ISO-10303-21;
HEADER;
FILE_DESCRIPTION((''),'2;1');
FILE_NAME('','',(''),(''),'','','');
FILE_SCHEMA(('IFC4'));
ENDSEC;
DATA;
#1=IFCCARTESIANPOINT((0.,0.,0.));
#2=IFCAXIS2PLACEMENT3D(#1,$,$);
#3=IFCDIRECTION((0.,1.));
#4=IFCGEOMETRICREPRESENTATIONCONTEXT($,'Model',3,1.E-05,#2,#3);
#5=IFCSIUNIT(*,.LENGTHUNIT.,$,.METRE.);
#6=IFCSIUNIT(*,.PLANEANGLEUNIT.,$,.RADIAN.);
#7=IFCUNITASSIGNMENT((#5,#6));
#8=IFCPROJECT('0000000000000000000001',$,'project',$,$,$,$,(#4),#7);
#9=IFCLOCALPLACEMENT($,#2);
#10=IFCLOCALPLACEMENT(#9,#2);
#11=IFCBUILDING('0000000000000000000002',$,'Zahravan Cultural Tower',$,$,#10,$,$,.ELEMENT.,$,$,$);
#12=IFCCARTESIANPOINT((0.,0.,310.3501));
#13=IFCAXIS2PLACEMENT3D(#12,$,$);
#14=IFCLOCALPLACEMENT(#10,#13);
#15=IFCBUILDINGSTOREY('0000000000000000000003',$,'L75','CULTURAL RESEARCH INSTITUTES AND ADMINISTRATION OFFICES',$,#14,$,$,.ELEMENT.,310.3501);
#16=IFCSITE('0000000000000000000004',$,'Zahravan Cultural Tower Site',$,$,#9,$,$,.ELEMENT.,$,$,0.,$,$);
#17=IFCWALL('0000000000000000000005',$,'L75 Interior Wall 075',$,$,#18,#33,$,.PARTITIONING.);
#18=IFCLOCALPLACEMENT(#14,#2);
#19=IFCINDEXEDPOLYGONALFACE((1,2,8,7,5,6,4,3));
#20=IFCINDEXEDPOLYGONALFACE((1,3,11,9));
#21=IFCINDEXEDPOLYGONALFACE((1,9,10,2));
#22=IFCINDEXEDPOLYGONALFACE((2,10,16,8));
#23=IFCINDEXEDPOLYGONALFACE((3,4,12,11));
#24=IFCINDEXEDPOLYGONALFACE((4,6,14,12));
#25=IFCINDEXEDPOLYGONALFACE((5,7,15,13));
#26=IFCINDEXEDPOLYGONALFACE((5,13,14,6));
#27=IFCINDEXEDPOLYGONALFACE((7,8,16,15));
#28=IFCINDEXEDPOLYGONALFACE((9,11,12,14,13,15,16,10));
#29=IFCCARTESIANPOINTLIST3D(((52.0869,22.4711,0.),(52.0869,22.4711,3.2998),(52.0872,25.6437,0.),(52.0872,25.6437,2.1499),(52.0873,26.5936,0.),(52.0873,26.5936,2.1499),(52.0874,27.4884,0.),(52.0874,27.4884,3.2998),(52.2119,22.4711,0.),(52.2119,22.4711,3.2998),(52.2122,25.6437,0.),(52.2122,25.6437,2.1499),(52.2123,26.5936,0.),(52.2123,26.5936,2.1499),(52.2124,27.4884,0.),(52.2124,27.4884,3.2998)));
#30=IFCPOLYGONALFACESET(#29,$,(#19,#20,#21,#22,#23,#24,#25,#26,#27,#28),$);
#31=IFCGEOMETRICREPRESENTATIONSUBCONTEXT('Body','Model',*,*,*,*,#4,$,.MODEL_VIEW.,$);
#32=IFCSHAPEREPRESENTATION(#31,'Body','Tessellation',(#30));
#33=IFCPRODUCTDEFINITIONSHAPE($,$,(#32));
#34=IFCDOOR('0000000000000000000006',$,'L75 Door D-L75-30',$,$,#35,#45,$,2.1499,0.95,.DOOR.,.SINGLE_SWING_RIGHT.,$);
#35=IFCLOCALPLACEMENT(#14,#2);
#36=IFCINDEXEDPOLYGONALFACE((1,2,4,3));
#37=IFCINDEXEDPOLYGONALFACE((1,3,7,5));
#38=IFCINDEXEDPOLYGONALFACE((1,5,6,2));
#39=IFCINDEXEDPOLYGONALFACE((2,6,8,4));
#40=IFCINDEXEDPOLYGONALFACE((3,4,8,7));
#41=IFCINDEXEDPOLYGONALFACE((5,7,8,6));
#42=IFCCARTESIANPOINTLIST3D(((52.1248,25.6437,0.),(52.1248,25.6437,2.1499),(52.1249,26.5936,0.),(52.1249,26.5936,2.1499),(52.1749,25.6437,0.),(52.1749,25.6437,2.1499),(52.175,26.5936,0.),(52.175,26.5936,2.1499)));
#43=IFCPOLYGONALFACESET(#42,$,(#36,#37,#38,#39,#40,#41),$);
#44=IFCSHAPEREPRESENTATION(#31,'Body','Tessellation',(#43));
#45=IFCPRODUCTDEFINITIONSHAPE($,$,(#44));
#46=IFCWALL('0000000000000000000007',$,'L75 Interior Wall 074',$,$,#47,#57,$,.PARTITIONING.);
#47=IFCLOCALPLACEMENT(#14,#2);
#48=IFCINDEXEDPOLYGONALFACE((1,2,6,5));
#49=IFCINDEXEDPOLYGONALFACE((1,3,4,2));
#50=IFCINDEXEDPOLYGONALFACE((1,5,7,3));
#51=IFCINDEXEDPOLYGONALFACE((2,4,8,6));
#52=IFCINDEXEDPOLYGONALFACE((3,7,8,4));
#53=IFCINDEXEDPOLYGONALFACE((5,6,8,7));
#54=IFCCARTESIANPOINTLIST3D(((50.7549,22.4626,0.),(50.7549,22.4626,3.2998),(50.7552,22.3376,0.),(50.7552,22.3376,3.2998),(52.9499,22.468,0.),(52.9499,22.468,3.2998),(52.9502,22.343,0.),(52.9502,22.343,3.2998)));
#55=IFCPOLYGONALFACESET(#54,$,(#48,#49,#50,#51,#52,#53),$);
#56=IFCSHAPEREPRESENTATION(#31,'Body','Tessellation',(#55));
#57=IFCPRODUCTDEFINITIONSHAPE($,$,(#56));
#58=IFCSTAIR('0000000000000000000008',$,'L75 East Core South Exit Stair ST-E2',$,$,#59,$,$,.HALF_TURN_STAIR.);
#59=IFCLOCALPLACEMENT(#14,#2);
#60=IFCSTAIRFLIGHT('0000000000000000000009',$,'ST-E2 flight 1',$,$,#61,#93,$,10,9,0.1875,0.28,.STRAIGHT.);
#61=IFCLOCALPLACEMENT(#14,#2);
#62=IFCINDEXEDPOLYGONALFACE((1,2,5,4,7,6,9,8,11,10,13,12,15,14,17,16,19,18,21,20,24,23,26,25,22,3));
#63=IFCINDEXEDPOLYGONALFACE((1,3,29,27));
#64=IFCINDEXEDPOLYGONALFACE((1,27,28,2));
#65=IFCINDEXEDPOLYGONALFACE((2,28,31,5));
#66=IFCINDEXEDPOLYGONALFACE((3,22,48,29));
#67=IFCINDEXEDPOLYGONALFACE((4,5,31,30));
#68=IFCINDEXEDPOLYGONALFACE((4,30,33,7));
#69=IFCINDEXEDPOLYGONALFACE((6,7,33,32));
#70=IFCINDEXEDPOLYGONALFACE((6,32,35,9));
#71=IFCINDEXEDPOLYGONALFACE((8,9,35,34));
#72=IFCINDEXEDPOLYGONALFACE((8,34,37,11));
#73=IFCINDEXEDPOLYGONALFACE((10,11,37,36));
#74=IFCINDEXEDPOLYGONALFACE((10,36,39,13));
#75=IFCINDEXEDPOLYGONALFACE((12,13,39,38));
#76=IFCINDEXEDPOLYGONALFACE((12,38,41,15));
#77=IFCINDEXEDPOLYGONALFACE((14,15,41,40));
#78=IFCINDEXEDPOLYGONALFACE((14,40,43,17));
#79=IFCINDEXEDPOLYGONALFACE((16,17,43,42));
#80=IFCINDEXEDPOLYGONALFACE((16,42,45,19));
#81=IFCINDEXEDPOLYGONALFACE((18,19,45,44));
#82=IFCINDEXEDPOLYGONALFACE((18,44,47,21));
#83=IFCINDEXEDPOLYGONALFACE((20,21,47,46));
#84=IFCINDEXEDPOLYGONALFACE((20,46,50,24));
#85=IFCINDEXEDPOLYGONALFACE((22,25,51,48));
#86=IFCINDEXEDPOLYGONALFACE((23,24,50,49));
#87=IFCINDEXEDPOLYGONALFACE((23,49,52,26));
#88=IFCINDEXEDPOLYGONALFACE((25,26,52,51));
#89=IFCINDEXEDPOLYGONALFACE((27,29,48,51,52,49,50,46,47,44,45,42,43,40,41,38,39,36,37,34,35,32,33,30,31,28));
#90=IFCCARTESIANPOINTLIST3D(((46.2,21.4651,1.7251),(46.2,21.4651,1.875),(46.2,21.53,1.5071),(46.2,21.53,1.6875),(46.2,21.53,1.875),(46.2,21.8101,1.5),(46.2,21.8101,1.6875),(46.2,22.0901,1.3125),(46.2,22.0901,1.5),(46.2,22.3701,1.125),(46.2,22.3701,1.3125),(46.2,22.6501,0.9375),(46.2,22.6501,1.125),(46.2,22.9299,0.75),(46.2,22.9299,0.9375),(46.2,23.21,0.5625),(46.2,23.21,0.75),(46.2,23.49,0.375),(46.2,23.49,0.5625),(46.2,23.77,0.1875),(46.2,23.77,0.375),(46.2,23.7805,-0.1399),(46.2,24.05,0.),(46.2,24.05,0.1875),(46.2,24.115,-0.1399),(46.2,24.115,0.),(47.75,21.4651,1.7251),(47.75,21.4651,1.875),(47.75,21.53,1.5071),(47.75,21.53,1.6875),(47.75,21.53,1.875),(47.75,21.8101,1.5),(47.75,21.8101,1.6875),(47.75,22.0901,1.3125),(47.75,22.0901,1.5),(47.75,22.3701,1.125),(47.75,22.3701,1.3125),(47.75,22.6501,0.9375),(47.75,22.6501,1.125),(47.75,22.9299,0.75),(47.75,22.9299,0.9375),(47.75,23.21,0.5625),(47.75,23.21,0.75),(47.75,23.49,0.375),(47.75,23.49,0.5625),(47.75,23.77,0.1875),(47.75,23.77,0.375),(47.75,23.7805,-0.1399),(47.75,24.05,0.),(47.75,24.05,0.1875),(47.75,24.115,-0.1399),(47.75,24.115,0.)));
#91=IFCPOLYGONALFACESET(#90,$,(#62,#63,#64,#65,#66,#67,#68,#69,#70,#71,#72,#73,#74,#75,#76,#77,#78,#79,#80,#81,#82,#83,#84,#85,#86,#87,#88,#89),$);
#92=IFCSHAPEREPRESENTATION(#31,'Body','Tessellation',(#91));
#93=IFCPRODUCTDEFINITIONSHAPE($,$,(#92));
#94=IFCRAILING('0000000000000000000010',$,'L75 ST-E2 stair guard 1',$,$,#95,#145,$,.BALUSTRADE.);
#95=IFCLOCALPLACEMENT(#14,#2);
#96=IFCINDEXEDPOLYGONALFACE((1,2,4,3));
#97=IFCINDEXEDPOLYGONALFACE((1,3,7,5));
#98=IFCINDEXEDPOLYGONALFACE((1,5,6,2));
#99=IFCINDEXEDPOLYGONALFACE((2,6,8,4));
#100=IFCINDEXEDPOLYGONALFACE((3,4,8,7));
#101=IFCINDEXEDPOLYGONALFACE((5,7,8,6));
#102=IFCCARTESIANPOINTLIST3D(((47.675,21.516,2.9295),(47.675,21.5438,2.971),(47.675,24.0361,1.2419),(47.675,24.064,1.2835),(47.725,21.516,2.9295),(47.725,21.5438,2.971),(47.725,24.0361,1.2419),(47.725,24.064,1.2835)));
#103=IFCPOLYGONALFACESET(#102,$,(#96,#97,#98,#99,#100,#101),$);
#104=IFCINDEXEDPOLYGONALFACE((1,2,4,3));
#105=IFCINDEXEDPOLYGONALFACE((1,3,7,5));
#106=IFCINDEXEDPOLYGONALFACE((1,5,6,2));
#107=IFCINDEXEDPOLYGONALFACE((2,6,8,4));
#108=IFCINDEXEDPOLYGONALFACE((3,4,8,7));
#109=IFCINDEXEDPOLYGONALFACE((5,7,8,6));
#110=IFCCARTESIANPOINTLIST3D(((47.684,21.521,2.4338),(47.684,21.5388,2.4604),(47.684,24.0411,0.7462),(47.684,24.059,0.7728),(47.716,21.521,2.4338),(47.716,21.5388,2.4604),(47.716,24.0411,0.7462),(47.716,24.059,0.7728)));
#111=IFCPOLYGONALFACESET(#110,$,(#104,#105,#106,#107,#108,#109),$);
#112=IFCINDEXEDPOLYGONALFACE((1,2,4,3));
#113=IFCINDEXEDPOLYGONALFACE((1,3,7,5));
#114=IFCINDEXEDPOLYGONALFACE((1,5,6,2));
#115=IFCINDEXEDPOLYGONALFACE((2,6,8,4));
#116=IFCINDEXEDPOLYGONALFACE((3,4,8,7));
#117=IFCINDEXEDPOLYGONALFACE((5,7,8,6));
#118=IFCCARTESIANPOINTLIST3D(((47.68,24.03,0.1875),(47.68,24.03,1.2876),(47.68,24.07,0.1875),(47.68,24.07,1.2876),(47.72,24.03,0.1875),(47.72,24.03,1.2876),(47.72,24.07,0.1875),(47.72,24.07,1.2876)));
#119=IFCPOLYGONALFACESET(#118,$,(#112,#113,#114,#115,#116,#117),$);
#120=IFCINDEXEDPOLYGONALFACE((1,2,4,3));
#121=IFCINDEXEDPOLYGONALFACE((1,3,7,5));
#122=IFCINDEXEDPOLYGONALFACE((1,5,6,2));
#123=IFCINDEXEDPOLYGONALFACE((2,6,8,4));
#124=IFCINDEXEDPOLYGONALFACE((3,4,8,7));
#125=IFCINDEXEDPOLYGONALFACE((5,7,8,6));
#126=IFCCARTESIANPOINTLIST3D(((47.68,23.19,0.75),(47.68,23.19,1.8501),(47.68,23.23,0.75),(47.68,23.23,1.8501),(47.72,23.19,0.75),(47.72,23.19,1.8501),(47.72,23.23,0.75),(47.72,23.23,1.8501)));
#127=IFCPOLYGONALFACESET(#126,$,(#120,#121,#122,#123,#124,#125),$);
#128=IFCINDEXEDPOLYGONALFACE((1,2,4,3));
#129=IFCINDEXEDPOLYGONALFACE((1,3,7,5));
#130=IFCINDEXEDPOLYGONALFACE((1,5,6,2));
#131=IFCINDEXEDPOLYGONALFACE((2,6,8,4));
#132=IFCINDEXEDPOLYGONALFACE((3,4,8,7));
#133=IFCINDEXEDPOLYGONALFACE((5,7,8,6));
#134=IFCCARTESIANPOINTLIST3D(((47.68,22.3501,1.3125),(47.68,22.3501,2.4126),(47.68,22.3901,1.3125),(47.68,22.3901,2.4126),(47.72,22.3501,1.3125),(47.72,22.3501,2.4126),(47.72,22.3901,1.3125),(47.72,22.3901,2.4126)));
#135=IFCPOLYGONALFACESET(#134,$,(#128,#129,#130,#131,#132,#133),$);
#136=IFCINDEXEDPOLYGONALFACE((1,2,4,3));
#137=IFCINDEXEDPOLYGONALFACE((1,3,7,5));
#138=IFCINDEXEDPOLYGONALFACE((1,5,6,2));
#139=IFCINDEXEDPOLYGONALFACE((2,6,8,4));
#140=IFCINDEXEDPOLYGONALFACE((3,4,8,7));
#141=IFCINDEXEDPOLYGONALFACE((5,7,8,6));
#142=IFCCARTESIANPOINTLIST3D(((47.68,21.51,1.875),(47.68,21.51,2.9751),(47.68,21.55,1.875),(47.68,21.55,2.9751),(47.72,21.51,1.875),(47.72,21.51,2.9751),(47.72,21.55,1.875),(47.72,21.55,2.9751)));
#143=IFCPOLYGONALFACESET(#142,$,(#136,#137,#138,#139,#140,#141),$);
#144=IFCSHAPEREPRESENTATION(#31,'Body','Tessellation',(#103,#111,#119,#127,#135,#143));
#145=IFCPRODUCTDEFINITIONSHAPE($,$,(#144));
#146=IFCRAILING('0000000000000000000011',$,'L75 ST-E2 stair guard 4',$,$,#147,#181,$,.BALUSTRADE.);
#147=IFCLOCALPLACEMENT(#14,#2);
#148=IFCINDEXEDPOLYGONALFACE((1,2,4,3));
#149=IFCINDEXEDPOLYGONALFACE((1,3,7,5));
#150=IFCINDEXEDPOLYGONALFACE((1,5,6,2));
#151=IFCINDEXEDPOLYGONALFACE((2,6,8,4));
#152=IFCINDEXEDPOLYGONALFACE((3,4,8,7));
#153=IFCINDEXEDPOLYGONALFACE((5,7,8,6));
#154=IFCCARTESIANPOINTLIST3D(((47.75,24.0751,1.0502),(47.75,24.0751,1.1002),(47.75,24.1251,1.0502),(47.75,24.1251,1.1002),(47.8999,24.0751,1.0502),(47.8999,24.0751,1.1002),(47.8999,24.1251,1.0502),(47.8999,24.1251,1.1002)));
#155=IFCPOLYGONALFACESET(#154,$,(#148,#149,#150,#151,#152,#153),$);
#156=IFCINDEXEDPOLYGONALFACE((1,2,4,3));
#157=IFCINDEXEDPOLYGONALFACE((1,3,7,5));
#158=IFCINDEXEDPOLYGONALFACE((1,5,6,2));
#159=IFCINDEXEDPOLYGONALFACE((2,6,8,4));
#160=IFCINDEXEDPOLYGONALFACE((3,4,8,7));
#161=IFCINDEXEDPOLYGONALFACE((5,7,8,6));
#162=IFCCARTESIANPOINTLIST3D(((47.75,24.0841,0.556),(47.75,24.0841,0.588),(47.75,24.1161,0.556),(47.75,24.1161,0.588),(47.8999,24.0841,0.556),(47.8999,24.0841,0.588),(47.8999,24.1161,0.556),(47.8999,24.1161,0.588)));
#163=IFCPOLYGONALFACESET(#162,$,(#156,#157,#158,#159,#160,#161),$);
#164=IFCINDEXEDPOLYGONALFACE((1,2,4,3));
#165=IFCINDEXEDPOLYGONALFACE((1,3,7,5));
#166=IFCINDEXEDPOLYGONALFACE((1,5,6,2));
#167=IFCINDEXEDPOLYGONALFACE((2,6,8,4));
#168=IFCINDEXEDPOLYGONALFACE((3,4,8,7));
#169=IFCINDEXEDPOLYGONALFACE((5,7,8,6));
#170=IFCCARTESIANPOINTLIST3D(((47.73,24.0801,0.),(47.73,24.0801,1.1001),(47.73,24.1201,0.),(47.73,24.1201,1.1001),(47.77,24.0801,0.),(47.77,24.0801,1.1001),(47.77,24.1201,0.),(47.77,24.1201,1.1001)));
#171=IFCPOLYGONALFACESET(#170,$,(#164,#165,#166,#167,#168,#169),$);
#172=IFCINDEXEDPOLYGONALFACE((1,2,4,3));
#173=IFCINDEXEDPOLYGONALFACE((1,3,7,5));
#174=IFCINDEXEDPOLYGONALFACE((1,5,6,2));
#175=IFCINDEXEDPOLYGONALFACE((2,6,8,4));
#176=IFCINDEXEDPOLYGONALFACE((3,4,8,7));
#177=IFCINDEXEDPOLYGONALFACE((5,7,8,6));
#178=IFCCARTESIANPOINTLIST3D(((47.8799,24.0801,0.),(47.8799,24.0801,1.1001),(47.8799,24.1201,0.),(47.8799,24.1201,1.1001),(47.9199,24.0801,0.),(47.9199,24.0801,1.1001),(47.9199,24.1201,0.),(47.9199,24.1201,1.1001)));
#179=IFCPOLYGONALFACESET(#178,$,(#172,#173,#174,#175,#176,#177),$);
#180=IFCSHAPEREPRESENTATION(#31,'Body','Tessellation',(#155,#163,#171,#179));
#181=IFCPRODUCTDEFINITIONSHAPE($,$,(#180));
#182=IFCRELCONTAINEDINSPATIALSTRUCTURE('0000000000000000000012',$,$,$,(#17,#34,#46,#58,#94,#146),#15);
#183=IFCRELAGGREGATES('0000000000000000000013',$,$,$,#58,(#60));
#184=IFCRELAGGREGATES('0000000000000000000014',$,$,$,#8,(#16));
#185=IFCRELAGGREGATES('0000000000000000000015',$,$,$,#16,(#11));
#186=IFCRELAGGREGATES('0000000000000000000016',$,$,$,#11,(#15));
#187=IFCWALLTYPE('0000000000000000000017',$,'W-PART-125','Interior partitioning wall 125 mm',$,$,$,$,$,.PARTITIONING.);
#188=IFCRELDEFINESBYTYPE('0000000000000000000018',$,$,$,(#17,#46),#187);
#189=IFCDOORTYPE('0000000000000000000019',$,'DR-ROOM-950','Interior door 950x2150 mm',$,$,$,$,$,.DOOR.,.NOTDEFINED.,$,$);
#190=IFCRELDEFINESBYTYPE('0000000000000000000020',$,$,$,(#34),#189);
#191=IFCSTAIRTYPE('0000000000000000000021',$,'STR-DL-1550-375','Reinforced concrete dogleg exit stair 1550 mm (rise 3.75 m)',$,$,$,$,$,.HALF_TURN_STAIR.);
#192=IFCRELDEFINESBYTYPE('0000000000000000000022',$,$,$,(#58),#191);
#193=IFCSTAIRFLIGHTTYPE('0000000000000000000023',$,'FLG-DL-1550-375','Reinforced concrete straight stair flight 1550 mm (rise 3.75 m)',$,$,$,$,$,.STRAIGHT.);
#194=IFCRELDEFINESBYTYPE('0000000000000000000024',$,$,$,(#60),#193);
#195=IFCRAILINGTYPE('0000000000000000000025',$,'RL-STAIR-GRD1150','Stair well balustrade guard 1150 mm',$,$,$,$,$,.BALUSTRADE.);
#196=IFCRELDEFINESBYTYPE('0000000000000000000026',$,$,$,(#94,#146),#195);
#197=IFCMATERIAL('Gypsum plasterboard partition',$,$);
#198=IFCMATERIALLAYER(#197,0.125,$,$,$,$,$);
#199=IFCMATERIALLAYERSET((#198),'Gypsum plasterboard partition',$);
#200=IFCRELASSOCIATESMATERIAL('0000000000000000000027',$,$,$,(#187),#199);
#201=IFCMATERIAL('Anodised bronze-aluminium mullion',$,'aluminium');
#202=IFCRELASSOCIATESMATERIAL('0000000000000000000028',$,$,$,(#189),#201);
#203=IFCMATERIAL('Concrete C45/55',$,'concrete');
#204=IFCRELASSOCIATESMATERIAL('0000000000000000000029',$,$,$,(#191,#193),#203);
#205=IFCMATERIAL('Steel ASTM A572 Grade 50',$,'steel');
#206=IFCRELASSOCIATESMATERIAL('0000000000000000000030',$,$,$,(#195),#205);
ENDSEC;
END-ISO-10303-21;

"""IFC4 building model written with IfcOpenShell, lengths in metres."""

from ifc_helpers import new_model, si_unit, direction, frame, frame_2d, origin, origin_2d, place, context, subcontext, project, spatial, polyline, rectangle, outline, extrude, source, transform, mapped, material, layer, layer_set, type_object, element, fill, aggregate, save


model = new_model("IFC4")

# Units and contexts
model_context = context("Model", 3, precision=1e-05, world=origin(), true_north=direction((0.0, 1.0)))
body_context = subcontext(model_context, "Body", "Model", "MODEL_VIEW")
ifc_project = project(units=[si_unit("LENGTHUNIT", "METRE"), si_unit("PLANEANGLEUNIT", "RADIAN")], contexts=[model_context])

# Site, building, storey
site_placement = place(None, origin())
site = spatial("IfcSite", under=ifc_project, at=site_placement, Name="Zahravan Cultural Tower Site", CompositionType="ELEMENT", RefElevation=0.0)
building_placement = place(site_placement, origin())
building = spatial("IfcBuilding", under=site, at=building_placement, Name="Zahravan Cultural Tower", CompositionType="ELEMENT")
storey_placement = place(building_placement, frame((0.0, 0.0, 310.3501)))
storey = spatial("IfcBuildingStorey", under=building, at=storey_placement, Name="L75", Description="CULTURAL RESEARCH INSTITUTES AND ADMINISTRATION OFFICES", CompositionType="ELEMENT", Elevation=310.3501)

# Shared definitions
ifc_material_1 = material(Name="Anodised bronze-aluminium mullion", Category="aluminium")

# Wall, opening, door
ifc_material_2 = material(Name="Gypsum plasterboard partition")
ifc_layer_1 = layer(ifc_material_2, 0.125)
ifc_layer_set_1 = layer_set([ifc_layer_1], Name="Gypsum plasterboard partition")
wall_type = type_object("IfcWallType", Name="W-PART-125", Description="Interior partitioning wall 125 mm", PredefinedType="PARTITIONING", material=ifc_layer_set_1)
wall_1_placement = place(storey_placement, frame((52.1494, 22.4709, 0.0), z_axis=(0.0, 0.0, 1.0), x_axis=(0.000097, 1.0, 0.0)))
wall_1 = element("IfcWall", 1, at=wall_1_placement, inside=storey, type_object=wall_type, Name="L75 Interior Wall 075", PredefinedType="PARTITIONING", context=body_context, shape_type="SweptSolid", body=[
    extrude(rectangle(XDim=5.0173, YDim=0.125, at=frame_2d((2.5088, 0.0))), origin(), (0.0, 0.0, 1.0), 3.2998),
])
opening_placement = place(wall_1_placement, frame((3.1726, 0.0, 0.0)))
opening = element("IfcOpeningElement", 2, at=opening_placement, cuts=wall_1, PredefinedType="OPENING", context=body_context, shape_type="SweptSolid", body=[
    extrude(rectangle(XDim=0.95, YDim=2.1499, at=frame_2d((0.4751, 1.075))), frame((0.0, 0.0725, 0.0), z_axis=(0.0, -1.0, 0.0), x_axis=(1.0, 0.0, 0.0)), (0.0, 0.0, 1.0), 0.145),
])
door_type = type_object("IfcDoorType", Name="DR-ROOM-950", Description="Interior door 950x2150 mm", OperationType="NOTDEFINED", PredefinedType="DOOR", material=ifc_material_1)
shared_shape_1 = source(origin(), body_context, "Body", "SweptSolid", [
    extrude(rectangle(XDim=0.95, YDim=2.1499, at=frame_2d((0.4751, 1.075))), frame((0.0, 0.0249, 0.0), z_axis=(0.0, -1.0, 0.0), x_axis=(1.0, 0.0, 0.0)), (0.0, 0.0, 1.0), 0.05),
])
door_placement = place(opening_placement, origin())
door = element("IfcDoor", 3, at=door_placement, inside=storey, type_object=door_type, Name="L75 Door D-L75-30", OperationType="SINGLE_SWING_RIGHT", OverallHeight=2.1499, OverallWidth=0.95, PredefinedType="DOOR", context=body_context, shape_type="MappedRepresentation", body=[
    mapped(shared_shape_1, transform((0.0, 0.0, 0.0), x_axis=(1.0, 0.0, 0.0), y_axis=(0.0, 1.0, 0.0), z_axis=(0.0, 0.0, 1.0), scale=1.0)),
])
fill(opening, door)

# Wall
shared_shape_2 = source(origin(), body_context, "Body", "SweptSolid", [
    extrude(rectangle(XDim=2.1951, YDim=0.125, at=frame_2d((1.0977, 0.0))), origin(), (0.0, 0.0, 1.0), 3.2998),
])
wall_2_placement = place(storey_placement, frame((50.7549, 22.4001, 0.0), z_axis=(0.0, 0.0, 1.0), x_axis=(0.999997, 0.002447, 0.0)))
element("IfcWall", 4, at=wall_2_placement, inside=storey, type_object=wall_type, Name="L75 Interior Wall 074", PredefinedType="PARTITIONING", context=body_context, shape_type="MappedRepresentation", body=[
    mapped(shared_shape_2, transform((0.0, 0.0, 0.0), x_axis=(1.0, 0.0, 0.0), y_axis=(0.0, 1.0, 0.0), z_axis=(0.0, 0.0, 1.0), scale=1.0)),
])

# Stair, stair flight
ifc_material_3 = material(Name="Concrete C45/55", Category="concrete")
stair_type = type_object("IfcStairType", Name="STR-DL-1550-375", Description="Reinforced concrete dogleg exit stair 1550 mm (rise 3.75 m)", PredefinedType="HALF_TURN_STAIR", material=ifc_material_3)
stair_placement = place(storey_placement, origin())
stair = element("IfcStair", 5, at=stair_placement, inside=storey, type_object=stair_type, Name="L75 East Core South Exit Stair ST-E2", PredefinedType="HALF_TURN_STAIR")
stair_flight_type = type_object("IfcStairFlightType", Name="FLG-DL-1550-375", Description="Reinforced concrete straight stair flight 1550 mm (rise 3.75 m)", PredefinedType="STRAIGHT", material=ifc_material_3)
stair_flight_placement = place(storey_placement, frame((46.9751, 24.05, 0.0), z_axis=(0.0, 0.0, 1.0), x_axis=(0.0, -1.0, 0.0)))
stair_flight = element("IfcStairFlight", 6, at=stair_flight_placement, type_object=stair_flight_type, Name="ST-E2 flight 1", NumberOfRisers=10, NumberOfTreads=9, PredefinedType="STRAIGHT", RiserHeight=0.1875, TreadLength=0.28, context=body_context, shape_type="SweptSolid", body=[
    extrude(outline(polyline([(-0.0649, -0.1399), (-0.0649, 0.0), (0.0, 0.0), (0.0, 0.1875), (0.28, 0.1875), (0.28, 0.375), (0.5601, 0.375), (0.5601, 0.5625), (0.8401, 0.5625), (0.8401, 0.75), (1.1201, 0.75), (1.1201, 0.9375), (1.3999, 0.9375), (1.3999, 1.125), (1.6799, 1.125), (1.6799, 1.3125), (1.96, 1.3125), (1.96, 1.5), (2.24, 1.5), (2.24, 1.6875), (2.52, 1.6875), (2.52, 1.875), (2.585, 1.875), (2.585, 1.7251), (2.52, 1.5071), (0.2695, -0.1399), (-0.0649, -0.1399)])), frame((0.0, 0.7749, 0.0), z_axis=(0.0, -1.0, 0.0), x_axis=(1.0, 0.0, 0.0)), (0.0, 0.0, 1.0), 1.55),
])
aggregate(stair, [stair_flight])

# Railings
ifc_material_4 = material(Name="Steel ASTM A572 Grade 50", Category="steel")
railing_type_1 = type_object("IfcRailingType", Name="RL-STAIR-GRD1150", Description="Stair well balustrade guard 1150 mm", PredefinedType="BALUSTRADE", material=ifc_material_4)
railing_1_placement = place(storey_placement, frame((47.7, 24.05, 0.1875)))
element("IfcRailing", 7, at=railing_1_placement, inside=storey, type_object=railing_type_1, Name="L75 ST-E2 stair guard 1", PredefinedType="BALUSTRADE", context=body_context, shape_type="SweptSolid", body=[
    extrude(rectangle(XDim=0.05, YDim=0.05, at=origin_2d()), frame((0.0, 0.0, 1.0752), z_axis=(0.0, -0.830909, 0.556408), x_axis=(1.0, 0.0, 0.0)), (0.0, 0.0, 1.0), 3.033),
    extrude(rectangle(XDim=0.032, YDim=0.032, at=origin_2d()), frame((0.0, 0.0, 0.572), z_axis=(0.0, -0.830909, 0.556408), x_axis=(1.0, 0.0, 0.0)), (0.0, 0.0, 1.0), 3.033),
    extrude(rectangle(XDim=0.04, YDim=0.04, at=origin_2d()), origin(), (0.0, 0.0, 1.0), 1.1001),
    extrude(rectangle(XDim=0.04, YDim=0.04, at=origin_2d()), frame((0.0, -0.8401, 0.5625)), (0.0, 0.0, 1.0), 1.1001),
    extrude(rectangle(XDim=0.04, YDim=0.04, at=origin_2d()), frame((0.0, -1.6799, 1.125)), (0.0, 0.0, 1.0), 1.1001),
    extrude(rectangle(XDim=0.04, YDim=0.04, at=origin_2d()), frame((0.0, -2.52, 1.6875)), (0.0, 0.0, 1.0), 1.1001),
])
railing_2_placement = place(storey_placement, frame((47.75, 24.1001, 0.0)))
element("IfcRailing", 8, at=railing_2_placement, inside=storey, type_object=railing_type_1, Name="L75 ST-E2 stair guard 4", PredefinedType="BALUSTRADE", context=body_context, shape_type="SweptSolid", body=[
    extrude(rectangle(XDim=0.05, YDim=0.05, at=origin_2d()), frame((0.0, 0.0, 1.0752), z_axis=(1.0, 0.0, 0.0), x_axis=(0.0, 1.0, 0.0)), (0.0, 0.0, 1.0), 0.1499),
    extrude(rectangle(XDim=0.032, YDim=0.032, at=origin_2d()), frame((0.0, 0.0, 0.572), z_axis=(1.0, 0.0, 0.0), x_axis=(0.0, 1.0, 0.0)), (0.0, 0.0, 1.0), 0.1499),
    extrude(rectangle(XDim=0.04, YDim=0.04, at=origin_2d()), origin(), (0.0, 0.0, 1.0), 1.1001),
    extrude(rectangle(XDim=0.04, YDim=0.04, at=origin_2d()), frame((0.1499, 0.0, 0.0)), (0.0, 0.0, 1.0), 1.1001),
])

save(model, "model.ifc")
